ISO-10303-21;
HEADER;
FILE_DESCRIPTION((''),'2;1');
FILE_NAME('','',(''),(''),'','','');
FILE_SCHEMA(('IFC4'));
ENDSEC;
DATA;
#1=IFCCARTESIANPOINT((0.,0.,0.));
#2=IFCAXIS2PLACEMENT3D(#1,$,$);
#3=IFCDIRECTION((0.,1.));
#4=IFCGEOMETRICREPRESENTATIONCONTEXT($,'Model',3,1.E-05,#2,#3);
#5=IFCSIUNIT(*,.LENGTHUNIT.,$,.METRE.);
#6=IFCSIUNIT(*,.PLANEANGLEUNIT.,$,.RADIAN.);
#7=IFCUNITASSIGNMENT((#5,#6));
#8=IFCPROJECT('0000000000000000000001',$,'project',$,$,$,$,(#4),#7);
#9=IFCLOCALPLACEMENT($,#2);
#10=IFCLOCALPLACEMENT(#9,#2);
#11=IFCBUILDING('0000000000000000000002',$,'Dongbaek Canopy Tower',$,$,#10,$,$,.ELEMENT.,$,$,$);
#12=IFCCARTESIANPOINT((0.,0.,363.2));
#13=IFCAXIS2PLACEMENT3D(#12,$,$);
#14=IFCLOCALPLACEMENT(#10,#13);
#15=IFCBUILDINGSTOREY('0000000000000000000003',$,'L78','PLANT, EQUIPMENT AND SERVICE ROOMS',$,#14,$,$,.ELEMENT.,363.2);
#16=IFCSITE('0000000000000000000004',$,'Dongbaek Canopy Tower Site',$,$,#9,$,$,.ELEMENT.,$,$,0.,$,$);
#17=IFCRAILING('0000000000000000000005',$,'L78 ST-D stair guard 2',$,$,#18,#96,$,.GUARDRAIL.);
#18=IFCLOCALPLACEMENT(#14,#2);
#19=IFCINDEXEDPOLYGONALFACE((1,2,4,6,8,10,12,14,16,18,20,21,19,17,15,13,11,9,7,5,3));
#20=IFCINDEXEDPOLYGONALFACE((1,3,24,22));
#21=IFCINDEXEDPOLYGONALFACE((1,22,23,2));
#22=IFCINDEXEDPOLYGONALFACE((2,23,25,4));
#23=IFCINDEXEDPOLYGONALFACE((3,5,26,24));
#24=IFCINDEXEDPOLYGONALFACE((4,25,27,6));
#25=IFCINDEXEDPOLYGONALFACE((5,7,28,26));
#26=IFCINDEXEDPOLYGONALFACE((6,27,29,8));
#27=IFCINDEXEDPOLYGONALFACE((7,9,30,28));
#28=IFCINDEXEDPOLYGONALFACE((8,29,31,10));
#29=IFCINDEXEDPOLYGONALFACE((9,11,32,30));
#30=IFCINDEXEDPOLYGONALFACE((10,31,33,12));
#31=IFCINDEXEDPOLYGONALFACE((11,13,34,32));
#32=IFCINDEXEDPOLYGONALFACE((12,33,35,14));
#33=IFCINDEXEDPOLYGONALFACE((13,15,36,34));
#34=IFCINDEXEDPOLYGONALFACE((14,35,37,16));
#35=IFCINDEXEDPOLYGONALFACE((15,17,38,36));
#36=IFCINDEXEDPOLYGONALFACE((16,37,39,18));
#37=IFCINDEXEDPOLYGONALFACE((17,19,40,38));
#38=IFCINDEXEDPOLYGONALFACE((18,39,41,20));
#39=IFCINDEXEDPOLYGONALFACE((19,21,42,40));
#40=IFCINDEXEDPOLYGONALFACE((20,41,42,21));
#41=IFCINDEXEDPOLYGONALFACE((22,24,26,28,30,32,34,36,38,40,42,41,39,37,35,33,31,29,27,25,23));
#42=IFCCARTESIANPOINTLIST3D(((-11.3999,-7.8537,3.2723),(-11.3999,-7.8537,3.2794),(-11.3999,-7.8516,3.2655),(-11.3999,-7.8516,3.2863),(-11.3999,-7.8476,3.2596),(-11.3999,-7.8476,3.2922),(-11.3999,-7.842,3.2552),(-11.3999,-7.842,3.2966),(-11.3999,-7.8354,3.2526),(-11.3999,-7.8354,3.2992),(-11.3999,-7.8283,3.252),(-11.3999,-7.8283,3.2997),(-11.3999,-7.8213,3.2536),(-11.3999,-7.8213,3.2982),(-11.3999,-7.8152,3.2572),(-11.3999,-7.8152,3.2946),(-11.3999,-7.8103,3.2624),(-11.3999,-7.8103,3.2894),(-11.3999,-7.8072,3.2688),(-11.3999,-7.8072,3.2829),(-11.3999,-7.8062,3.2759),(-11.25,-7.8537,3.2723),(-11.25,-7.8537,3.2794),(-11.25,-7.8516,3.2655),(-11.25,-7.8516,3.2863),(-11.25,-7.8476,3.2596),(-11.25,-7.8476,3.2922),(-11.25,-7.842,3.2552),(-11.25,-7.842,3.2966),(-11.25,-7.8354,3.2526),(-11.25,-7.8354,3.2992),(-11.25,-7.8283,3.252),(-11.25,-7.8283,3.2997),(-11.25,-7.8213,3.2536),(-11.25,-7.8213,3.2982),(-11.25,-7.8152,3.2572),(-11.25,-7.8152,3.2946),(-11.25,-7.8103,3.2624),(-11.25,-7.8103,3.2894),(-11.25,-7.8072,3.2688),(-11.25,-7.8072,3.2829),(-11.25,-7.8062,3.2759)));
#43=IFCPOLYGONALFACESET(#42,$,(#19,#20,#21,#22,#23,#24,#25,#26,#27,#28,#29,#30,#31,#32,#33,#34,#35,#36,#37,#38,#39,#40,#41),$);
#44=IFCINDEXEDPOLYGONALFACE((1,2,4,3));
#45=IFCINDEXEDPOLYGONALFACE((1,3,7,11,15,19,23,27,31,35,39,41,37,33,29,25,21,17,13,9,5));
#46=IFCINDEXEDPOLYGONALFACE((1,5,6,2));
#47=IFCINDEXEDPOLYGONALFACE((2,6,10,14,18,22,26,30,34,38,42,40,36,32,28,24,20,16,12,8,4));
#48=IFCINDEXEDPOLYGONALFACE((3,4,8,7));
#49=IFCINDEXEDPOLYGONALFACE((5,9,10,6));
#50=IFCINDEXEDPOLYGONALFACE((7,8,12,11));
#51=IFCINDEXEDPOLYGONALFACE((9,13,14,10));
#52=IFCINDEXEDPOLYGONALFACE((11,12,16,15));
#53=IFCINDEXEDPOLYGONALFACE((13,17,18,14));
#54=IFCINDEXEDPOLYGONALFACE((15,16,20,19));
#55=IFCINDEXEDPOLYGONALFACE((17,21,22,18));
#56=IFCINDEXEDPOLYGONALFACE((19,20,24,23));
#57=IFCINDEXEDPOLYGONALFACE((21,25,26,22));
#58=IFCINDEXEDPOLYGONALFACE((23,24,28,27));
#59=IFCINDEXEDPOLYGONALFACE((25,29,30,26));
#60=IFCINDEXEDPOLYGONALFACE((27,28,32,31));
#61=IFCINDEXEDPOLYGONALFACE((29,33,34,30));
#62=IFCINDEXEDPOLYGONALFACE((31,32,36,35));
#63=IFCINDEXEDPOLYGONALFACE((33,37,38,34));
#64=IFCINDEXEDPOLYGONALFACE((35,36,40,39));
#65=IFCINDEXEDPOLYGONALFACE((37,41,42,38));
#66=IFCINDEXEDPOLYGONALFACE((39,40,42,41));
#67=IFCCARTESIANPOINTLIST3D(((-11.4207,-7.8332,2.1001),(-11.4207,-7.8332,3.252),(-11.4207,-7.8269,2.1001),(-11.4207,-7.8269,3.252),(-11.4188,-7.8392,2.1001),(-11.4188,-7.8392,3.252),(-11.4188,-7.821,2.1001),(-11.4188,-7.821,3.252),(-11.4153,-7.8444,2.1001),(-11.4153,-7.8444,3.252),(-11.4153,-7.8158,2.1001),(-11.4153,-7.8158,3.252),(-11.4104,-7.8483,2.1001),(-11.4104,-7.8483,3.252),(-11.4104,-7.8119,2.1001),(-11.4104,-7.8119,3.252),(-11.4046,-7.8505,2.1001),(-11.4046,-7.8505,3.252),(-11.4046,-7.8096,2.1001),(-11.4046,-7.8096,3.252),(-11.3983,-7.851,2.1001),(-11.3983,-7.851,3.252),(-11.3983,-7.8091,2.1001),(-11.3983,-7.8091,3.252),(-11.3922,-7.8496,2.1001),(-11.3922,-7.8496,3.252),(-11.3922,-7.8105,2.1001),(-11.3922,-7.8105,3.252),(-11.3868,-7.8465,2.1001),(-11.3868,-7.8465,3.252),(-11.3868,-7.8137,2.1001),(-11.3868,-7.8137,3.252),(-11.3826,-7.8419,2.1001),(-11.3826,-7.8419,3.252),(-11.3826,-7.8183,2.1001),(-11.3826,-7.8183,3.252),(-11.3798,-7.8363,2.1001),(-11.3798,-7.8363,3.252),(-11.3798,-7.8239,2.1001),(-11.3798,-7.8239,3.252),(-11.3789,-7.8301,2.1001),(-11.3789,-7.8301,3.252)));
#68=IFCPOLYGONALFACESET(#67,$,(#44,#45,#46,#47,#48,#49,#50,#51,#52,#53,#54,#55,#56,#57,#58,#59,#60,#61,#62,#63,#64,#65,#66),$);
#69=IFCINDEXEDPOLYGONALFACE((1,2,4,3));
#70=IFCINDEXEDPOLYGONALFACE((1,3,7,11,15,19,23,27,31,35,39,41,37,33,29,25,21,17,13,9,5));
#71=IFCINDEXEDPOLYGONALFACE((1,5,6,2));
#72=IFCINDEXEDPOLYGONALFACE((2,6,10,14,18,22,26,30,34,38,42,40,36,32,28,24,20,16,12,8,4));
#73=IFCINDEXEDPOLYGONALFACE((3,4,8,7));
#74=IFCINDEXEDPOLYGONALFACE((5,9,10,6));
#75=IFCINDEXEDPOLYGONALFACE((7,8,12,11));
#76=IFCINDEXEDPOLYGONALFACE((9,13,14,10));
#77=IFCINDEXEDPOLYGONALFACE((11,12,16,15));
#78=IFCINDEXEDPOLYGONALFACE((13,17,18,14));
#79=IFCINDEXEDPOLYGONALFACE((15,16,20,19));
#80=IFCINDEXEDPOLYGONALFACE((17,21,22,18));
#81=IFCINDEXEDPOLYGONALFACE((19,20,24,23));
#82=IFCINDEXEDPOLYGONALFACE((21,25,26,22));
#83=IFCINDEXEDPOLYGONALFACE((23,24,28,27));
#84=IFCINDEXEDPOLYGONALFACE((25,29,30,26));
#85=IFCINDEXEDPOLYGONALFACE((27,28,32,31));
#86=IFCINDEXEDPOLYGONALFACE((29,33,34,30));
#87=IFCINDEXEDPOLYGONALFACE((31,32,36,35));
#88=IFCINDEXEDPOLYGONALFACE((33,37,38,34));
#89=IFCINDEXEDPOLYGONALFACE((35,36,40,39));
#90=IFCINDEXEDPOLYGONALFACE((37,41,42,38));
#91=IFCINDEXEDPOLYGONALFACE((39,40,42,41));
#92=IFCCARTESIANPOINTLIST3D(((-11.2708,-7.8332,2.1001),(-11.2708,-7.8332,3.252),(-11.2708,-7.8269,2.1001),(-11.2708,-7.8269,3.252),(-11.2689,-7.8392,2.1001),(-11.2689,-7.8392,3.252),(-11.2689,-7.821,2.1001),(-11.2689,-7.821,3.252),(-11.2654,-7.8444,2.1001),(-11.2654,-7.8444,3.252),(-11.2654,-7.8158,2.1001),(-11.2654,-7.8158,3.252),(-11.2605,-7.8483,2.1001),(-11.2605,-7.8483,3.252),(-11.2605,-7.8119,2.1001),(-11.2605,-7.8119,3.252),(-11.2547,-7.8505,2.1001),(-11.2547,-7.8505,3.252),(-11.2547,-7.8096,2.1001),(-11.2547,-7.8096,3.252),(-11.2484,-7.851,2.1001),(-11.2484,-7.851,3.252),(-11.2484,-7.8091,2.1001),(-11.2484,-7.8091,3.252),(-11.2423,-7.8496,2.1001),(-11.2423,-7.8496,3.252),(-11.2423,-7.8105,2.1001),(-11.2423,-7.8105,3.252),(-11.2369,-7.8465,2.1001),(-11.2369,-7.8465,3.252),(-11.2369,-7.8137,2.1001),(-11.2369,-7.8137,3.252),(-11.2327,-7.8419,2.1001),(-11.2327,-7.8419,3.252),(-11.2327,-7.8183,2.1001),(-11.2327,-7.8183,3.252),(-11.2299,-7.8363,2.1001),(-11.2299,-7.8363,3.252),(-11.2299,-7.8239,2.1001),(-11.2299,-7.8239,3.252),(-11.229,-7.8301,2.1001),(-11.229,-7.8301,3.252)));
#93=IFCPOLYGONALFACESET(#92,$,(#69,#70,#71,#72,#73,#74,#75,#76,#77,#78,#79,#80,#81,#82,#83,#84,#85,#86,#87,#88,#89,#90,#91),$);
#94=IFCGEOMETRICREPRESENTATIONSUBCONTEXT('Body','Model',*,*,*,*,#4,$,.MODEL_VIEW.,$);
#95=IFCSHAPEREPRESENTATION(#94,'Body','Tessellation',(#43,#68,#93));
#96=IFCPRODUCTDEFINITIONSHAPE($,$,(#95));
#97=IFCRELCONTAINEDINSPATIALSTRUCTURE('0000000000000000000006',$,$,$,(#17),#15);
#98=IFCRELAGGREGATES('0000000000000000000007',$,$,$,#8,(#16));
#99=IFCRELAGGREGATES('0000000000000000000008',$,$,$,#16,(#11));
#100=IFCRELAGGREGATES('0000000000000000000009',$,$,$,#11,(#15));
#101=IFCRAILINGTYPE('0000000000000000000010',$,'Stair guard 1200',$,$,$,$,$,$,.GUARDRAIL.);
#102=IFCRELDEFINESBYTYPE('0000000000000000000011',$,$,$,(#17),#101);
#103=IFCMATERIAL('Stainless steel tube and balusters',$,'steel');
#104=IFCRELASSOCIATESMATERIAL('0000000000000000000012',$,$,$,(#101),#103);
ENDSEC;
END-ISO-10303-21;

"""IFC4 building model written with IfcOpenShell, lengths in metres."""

from ifc_helpers import new_model, si_unit, direction, frame, origin, origin_2d, place, context, subcontext, project, spatial, circle, extrude, material, type_object, element, save


model = new_model("IFC4")

# Units and contexts
model_context = context("Model", 3, precision=1e-05, world=origin(), true_north=direction((0.0, 1.0)))
body_context = subcontext(model_context, "Body", "Model", "MODEL_VIEW")
ifc_project = project(units=[si_unit("LENGTHUNIT", "METRE"), si_unit("PLANEANGLEUNIT", "RADIAN")], contexts=[model_context])

# Site, building, storey
site_placement = place(None, origin())
site = spatial("IfcSite", under=ifc_project, at=site_placement, Name="Dongbaek Canopy Tower Site", CompositionType="ELEMENT", RefElevation=0.0)
building_placement = place(site_placement, origin())
building = spatial("IfcBuilding", under=site, at=building_placement, Name="Dongbaek Canopy Tower", CompositionType="ELEMENT")
storey_placement = place(building_placement, frame((0.0, 0.0, 363.2)))
storey = spatial("IfcBuildingStorey", under=building, at=storey_placement, Name="L78", Description="PLANT, EQUIPMENT AND SERVICE ROOMS", CompositionType="ELEMENT", Elevation=363.2)

# Railing
ifc_material_1 = material(Name="Stainless steel tube and balusters", Category="steel")
railing_type_1 = type_object("IfcRailingType", Name="Stair guard 1200", PredefinedType="GUARDRAIL", material=ifc_material_1)
railing_1_placement = place(storey_placement, frame((-11.3999, -7.8301, 2.1001)))
element("IfcRailing", 1, at=railing_1_placement, inside=storey, type_object=railing_type_1, Name="L78 ST-D stair guard 2", PredefinedType="GUARDRAIL", context=body_context, shape_type="SweptSolid", body=[
    extrude(circle(Radius=0.0239, at=origin_2d()), frame((0.0, 0.0, 1.1758), z_axis=(1.0, 0.0, 0.0), x_axis=(0.0, 1.0, 0.0)), (0.0, 0.0, 1.0), 0.1499),
    extrude(circle(Radius=0.021, at=origin_2d()), origin(), (0.0, 0.0, 1.0), 1.1519),
    extrude(circle(Radius=0.021, at=origin_2d()), frame((0.1499, 0.0, 0.0)), (0.0, 0.0, 1.0), 1.1519),
])

save(model, "model.ifc")
